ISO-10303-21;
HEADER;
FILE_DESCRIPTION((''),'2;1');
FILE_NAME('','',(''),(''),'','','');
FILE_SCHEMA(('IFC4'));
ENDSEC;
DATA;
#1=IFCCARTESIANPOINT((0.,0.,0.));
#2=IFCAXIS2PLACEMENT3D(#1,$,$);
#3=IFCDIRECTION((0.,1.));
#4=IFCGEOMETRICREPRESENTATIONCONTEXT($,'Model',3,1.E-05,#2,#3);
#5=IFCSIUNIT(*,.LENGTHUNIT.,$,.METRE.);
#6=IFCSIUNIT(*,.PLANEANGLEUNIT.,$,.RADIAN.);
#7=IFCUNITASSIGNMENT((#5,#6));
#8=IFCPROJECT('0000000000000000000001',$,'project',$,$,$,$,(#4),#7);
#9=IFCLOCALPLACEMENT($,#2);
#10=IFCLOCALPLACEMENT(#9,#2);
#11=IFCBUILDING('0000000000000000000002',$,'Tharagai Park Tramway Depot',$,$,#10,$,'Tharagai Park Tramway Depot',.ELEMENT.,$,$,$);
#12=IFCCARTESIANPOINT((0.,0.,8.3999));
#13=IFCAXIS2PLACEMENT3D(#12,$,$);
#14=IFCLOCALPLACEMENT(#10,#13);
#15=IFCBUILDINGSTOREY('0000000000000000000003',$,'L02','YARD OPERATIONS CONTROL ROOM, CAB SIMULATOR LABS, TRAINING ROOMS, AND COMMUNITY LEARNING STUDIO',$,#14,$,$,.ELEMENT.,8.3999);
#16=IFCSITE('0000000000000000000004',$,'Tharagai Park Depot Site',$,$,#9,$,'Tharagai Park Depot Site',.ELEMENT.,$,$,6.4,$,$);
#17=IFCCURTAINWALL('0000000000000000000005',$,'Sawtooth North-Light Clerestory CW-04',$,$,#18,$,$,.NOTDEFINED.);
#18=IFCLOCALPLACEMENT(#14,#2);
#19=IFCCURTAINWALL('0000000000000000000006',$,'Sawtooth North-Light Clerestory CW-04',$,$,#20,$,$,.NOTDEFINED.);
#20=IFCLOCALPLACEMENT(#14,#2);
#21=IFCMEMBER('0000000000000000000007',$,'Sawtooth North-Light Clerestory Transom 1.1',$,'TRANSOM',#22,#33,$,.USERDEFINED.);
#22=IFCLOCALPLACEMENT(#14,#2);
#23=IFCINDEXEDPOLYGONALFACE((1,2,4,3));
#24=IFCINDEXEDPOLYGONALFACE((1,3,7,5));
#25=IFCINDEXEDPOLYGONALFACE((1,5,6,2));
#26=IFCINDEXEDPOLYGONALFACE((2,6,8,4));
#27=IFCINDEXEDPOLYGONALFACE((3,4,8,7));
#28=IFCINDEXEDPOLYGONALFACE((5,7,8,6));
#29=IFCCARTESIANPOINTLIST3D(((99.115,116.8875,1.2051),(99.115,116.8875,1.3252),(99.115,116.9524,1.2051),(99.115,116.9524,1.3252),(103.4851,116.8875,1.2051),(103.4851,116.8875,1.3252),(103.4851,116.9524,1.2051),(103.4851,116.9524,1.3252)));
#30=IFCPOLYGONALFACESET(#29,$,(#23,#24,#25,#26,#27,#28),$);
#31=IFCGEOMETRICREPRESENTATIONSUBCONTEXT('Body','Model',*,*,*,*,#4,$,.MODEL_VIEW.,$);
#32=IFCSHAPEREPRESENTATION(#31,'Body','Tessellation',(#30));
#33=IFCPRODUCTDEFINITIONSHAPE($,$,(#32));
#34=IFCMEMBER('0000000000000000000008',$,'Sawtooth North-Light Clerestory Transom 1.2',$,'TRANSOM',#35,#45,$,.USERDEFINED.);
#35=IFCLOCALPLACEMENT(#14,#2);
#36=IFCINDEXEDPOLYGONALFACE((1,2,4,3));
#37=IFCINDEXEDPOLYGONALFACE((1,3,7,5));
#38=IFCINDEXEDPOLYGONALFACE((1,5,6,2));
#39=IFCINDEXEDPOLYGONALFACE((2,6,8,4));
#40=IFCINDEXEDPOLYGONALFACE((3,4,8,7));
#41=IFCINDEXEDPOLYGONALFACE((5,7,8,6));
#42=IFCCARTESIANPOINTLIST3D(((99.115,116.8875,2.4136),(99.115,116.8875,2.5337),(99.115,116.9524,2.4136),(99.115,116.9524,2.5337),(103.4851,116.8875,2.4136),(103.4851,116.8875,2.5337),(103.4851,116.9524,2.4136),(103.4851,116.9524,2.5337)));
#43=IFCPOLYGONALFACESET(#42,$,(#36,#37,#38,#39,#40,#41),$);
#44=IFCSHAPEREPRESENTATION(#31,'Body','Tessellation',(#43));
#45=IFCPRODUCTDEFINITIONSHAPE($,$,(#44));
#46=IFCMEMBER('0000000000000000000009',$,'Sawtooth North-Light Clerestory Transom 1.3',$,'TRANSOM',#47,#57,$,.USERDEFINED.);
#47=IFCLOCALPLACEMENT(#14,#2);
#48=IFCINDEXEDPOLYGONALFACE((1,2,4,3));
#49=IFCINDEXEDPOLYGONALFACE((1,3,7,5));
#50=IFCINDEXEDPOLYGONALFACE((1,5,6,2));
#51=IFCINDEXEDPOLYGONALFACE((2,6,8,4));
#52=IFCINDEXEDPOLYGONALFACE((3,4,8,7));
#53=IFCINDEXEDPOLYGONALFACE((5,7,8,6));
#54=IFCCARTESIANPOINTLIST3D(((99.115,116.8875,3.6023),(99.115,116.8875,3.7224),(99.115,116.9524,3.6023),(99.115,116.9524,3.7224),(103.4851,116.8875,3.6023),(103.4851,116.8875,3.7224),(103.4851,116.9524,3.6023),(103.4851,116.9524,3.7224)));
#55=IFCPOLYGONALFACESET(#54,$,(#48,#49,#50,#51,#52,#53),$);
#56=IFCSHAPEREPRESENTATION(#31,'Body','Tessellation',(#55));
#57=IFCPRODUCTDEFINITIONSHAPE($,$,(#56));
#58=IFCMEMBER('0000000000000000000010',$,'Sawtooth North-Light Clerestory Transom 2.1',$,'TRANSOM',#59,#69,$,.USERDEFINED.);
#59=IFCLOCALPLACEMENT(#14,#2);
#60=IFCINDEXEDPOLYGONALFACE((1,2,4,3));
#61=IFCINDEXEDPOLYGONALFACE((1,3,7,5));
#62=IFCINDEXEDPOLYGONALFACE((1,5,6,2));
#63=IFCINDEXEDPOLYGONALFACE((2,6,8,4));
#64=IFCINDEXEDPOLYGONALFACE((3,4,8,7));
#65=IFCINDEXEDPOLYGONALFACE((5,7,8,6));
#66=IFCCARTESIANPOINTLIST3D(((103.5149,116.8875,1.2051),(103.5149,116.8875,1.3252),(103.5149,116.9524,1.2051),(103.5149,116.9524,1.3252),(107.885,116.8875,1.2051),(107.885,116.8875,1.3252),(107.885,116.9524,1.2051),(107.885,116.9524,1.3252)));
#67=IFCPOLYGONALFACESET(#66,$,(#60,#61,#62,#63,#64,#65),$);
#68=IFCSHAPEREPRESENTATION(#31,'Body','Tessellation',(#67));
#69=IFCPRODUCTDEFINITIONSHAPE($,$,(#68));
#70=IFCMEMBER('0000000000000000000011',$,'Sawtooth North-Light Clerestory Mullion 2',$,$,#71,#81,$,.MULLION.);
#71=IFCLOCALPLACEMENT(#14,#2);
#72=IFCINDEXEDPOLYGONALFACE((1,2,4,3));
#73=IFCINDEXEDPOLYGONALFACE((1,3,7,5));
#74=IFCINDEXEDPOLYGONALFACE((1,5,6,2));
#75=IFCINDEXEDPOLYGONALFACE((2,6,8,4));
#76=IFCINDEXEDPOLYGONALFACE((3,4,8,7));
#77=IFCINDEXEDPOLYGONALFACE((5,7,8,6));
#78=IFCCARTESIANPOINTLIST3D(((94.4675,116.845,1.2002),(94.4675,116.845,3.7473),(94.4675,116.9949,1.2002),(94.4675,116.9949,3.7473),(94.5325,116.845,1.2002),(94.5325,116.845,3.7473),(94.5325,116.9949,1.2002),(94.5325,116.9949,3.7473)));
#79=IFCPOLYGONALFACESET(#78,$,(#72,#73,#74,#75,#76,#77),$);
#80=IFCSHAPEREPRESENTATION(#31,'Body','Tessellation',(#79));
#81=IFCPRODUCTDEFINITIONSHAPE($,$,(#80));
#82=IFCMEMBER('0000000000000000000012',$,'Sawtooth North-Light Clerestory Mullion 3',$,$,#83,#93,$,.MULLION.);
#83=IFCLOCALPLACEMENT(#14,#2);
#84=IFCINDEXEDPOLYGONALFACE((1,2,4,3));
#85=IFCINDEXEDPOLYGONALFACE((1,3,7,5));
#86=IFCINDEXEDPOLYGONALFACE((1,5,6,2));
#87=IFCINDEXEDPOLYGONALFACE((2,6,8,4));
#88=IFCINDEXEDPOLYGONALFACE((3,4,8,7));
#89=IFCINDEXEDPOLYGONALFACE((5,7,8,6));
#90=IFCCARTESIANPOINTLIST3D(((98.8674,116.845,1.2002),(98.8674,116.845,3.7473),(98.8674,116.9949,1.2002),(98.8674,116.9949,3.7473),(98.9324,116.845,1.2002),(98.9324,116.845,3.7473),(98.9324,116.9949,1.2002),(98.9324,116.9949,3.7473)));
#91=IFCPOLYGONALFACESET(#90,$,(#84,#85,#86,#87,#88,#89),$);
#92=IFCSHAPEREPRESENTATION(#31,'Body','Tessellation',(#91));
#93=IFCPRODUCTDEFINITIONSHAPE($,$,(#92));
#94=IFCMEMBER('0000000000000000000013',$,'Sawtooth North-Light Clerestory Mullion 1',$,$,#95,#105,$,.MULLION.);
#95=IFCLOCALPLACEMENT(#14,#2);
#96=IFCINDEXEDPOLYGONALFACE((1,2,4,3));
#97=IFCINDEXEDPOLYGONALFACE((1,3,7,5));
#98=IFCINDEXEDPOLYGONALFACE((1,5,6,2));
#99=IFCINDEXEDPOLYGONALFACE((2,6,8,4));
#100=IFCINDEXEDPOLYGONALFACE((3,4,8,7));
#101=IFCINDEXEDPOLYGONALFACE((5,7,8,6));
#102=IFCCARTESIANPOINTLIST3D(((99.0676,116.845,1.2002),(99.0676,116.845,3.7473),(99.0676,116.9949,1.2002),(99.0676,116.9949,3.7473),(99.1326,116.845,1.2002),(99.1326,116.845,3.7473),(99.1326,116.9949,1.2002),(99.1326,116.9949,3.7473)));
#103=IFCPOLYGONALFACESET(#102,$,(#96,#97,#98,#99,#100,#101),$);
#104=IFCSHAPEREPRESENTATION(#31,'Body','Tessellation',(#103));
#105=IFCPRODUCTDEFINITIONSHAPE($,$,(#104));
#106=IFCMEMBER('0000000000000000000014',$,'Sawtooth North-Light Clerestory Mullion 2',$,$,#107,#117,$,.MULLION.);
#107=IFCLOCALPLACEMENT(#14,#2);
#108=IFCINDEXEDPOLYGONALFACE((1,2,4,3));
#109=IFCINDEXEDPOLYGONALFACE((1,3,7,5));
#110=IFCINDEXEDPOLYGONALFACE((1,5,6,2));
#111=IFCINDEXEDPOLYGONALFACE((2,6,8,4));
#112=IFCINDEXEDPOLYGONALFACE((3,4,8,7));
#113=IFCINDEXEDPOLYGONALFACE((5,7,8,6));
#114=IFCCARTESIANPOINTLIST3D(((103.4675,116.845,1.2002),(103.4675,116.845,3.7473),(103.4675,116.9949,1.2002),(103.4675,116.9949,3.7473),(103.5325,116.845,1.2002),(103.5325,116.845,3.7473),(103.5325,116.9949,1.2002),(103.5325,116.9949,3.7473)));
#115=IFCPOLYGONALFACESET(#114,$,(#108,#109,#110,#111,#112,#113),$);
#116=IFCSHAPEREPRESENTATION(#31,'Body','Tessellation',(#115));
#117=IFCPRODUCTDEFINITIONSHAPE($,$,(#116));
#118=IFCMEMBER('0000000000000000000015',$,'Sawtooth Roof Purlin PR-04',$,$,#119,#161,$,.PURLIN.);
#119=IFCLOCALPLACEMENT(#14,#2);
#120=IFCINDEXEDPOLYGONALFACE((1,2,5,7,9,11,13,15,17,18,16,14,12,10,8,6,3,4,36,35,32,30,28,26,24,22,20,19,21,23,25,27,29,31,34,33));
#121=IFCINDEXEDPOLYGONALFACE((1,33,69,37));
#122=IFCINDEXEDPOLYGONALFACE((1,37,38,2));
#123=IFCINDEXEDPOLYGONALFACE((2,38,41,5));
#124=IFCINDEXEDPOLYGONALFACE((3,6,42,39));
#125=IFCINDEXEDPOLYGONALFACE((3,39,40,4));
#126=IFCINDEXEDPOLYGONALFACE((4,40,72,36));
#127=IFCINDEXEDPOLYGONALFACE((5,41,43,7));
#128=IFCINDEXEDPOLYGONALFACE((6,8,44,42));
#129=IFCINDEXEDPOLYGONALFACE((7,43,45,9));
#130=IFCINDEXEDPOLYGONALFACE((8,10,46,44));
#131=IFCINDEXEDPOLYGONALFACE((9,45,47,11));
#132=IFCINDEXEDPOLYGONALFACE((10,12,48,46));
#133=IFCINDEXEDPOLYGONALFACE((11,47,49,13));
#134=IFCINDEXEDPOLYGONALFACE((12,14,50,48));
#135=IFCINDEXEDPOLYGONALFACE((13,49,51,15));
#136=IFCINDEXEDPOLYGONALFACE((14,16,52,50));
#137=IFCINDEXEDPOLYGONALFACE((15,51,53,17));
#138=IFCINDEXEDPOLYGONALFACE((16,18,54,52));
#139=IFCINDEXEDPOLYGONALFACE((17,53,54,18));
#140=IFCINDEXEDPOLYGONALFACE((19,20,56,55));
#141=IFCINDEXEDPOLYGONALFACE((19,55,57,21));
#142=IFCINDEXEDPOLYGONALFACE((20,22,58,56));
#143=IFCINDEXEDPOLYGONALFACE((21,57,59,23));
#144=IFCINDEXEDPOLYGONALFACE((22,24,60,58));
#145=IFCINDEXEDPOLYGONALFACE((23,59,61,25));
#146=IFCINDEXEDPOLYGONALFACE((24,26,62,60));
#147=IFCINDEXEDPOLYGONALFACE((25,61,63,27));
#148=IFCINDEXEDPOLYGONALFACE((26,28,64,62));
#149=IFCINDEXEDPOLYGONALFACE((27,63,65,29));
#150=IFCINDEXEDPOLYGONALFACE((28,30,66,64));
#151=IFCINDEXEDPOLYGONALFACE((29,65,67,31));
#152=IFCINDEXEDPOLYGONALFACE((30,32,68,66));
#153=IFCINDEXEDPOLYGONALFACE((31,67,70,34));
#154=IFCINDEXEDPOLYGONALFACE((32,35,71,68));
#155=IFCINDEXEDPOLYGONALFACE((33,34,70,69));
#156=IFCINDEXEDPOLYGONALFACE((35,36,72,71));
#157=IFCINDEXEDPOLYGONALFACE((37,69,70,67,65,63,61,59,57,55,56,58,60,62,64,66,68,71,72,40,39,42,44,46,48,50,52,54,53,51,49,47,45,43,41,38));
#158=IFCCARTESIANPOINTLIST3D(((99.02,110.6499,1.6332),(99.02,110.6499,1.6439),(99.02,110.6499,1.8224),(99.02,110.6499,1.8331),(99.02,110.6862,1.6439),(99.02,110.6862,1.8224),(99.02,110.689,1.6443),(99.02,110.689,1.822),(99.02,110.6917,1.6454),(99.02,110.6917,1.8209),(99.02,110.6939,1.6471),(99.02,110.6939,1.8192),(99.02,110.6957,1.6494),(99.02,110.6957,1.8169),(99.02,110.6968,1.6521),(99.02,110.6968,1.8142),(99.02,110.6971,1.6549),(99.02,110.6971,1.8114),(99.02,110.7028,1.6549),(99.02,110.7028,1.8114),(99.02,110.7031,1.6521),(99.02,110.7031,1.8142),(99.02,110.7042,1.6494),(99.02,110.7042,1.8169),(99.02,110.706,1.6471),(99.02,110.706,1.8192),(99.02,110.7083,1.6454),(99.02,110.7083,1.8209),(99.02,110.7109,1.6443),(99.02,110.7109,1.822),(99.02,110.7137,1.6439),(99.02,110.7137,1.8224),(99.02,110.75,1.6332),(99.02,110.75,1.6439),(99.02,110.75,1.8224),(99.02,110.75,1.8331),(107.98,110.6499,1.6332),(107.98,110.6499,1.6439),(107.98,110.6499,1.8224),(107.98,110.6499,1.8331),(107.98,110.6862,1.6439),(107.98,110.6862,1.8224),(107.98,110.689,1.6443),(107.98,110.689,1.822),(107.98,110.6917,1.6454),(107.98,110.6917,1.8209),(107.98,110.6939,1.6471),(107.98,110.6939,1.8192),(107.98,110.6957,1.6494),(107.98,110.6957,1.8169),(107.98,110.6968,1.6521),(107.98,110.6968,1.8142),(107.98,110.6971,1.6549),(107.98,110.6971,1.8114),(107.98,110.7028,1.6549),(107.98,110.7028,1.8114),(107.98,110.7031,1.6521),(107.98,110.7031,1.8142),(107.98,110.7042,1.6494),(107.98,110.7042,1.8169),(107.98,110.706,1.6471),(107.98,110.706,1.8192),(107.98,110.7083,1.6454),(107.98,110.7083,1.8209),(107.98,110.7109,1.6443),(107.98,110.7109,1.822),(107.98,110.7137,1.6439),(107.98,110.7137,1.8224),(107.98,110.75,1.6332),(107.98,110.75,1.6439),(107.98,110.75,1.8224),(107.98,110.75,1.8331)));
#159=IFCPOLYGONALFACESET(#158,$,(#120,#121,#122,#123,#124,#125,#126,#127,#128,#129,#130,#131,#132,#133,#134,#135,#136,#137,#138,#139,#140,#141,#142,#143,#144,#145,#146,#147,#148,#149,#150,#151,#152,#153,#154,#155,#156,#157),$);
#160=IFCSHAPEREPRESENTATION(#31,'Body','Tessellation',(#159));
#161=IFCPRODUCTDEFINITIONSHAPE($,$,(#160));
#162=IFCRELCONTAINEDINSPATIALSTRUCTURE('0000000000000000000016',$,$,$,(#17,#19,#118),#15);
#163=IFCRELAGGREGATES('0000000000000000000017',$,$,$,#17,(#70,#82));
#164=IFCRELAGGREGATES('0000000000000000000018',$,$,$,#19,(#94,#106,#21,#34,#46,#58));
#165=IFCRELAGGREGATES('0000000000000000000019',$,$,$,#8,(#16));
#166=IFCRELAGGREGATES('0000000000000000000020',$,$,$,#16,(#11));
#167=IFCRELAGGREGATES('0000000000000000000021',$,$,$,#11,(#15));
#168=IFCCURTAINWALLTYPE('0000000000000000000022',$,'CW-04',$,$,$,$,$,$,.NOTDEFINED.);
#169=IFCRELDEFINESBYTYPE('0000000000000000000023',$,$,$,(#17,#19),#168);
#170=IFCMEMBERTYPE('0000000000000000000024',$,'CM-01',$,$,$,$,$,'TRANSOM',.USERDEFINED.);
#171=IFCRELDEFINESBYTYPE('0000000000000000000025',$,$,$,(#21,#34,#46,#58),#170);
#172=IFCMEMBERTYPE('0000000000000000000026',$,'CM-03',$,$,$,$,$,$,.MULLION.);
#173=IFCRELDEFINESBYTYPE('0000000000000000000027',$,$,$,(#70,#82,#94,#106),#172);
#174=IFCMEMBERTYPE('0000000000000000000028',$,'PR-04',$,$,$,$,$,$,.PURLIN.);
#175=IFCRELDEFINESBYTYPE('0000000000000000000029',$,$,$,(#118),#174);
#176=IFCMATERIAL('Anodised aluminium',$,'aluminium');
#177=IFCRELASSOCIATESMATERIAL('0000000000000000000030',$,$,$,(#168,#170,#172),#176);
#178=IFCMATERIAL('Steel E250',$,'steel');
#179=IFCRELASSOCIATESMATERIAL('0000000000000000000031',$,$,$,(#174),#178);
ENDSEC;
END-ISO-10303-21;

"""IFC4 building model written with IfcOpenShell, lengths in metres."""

from ifc_helpers import new_model, si_unit, direction, frame, origin, origin_2d, place, context, subcontext, project, spatial, rectangle, i_section, extrude, material, material_profile, profile_set, type_object, element, aggregate, save


model = new_model("IFC4")

# Units and contexts
model_context = context("Model", 3, precision=1e-05, world=origin(), true_north=direction((0.0, 1.0)))
body_context = subcontext(model_context, "Body", "Model", "MODEL_VIEW")
ifc_project = project(units=[si_unit("LENGTHUNIT", "METRE"), si_unit("PLANEANGLEUNIT", "RADIAN")], contexts=[model_context])

# Site, building, storey
site_placement = place(None, origin())
site = spatial("IfcSite", under=ifc_project, at=site_placement, Name="Tharagai Park Depot Site", LongName="Tharagai Park Depot Site", CompositionType="ELEMENT", RefElevation=6.4)
building_placement = place(site_placement, origin())
building = spatial("IfcBuilding", under=site, at=building_placement, Name="Tharagai Park Tramway Depot", LongName="Tharagai Park Tramway Depot", CompositionType="ELEMENT")
storey_placement = place(building_placement, frame((0.0, 0.0, 8.3999)))
storey = spatial("IfcBuildingStorey", under=building, at=storey_placement, Name="L02", Description="YARD OPERATIONS CONTROL ROOM, CAB SIMULATOR LABS, TRAINING ROOMS, AND COMMUNITY LEARNING STUDIO", CompositionType="ELEMENT", Elevation=8.3999)

# Shared definitions
ifc_material_1 = material(Name="Steel E250", Category="steel")

# Curtain walls, members
ifc_material_2 = material(Name="Anodised aluminium", Category="aluminium")
curtain_wall_type = type_object("IfcCurtainWallType", Name="CW-04", PredefinedType="NOTDEFINED", material=ifc_material_2)
curtain_wall_1_placement = place(storey_placement, origin())
curtain_wall_1 = element("IfcCurtainWall", 1, at=curtain_wall_1_placement, inside=storey, type_object=curtain_wall_type, Name="Sawtooth North-Light Clerestory CW-04", PredefinedType="NOTDEFINED")
ifc_material_profile_1 = material_profile(ifc_material_2, rectangle(XDim=0.0649, YDim=0.1201, at=origin_2d()), Name="ALU 65x120")
ifc_profile_set_1 = profile_set([ifc_material_profile_1], Name="Anodised aluminium")
member_type_1 = type_object("IfcMemberType", Name="CM-01", ElementType="TRANSOM", PredefinedType="USERDEFINED", material=ifc_profile_set_1)
curtain_wall_2_placement = place(storey_placement, origin())
curtain_wall_2 = element("IfcCurtainWall", 2, at=curtain_wall_2_placement, inside=storey, type_object=curtain_wall_type, Name="Sawtooth North-Light Clerestory CW-04", PredefinedType="NOTDEFINED")
member_1_placement = place(storey_placement, frame((99.115, 116.9199, 1.2651), z_axis=(1.0, 0.0, 0.0), x_axis=(0.0, 1.0, 0.0)))
member_1 = element("IfcMember", 3, at=member_1_placement, type_object=member_type_1, Name="Sawtooth North-Light Clerestory Transom 1.1", ObjectType="TRANSOM", PredefinedType="USERDEFINED", context=body_context, shape_type="SweptSolid", body=[
    extrude(rectangle(XDim=0.0649, YDim=0.1201, at=origin_2d()), origin(), (0.0, 0.0, 1.0), 4.3701),
])
member_2_placement = place(storey_placement, frame((99.115, 116.9199, 2.4736), z_axis=(1.0, 0.0, 0.0), x_axis=(0.0, 1.0, 0.0)))
member_2 = element("IfcMember", 4, at=member_2_placement, type_object=member_type_1, Name="Sawtooth North-Light Clerestory Transom 1.2", ObjectType="TRANSOM", PredefinedType="USERDEFINED", context=body_context, shape_type="SweptSolid", body=[
    extrude(rectangle(XDim=0.0649, YDim=0.1201, at=origin_2d()), origin(), (0.0, 0.0, 1.0), 4.3701),
])
member_3_placement = place(storey_placement, frame((99.115, 116.9199, 3.6624), z_axis=(1.0, 0.0, 0.0), x_axis=(0.0, 1.0, 0.0)))
member_3 = element("IfcMember", 5, at=member_3_placement, type_object=member_type_1, Name="Sawtooth North-Light Clerestory Transom 1.3", ObjectType="TRANSOM", PredefinedType="USERDEFINED", context=body_context, shape_type="SweptSolid", body=[
    extrude(rectangle(XDim=0.0649, YDim=0.1201, at=origin_2d()), origin(), (0.0, 0.0, 1.0), 4.3701),
])
member_4_placement = place(storey_placement, frame((103.5149, 116.9199, 1.2651), z_axis=(1.0, 0.0, 0.0), x_axis=(0.0, 1.0, 0.0)))
member_4 = element("IfcMember", 6, at=member_4_placement, type_object=member_type_1, Name="Sawtooth North-Light Clerestory Transom 2.1", ObjectType="TRANSOM", PredefinedType="USERDEFINED", context=body_context, shape_type="SweptSolid", body=[
    extrude(rectangle(XDim=0.0649, YDim=0.1201, at=origin_2d()), origin(), (0.0, 0.0, 1.0), 4.3701),
])

# Members
ifc_material_profile_2 = material_profile(ifc_material_2, rectangle(XDim=0.0649, YDim=0.1499, at=origin_2d()), Name="ALU 65x150")
ifc_profile_set_2 = profile_set([ifc_material_profile_2], Name="Anodised aluminium")
member_type_2 = type_object("IfcMemberType", Name="CM-03", PredefinedType="MULLION", material=ifc_profile_set_2)
member_5_placement = place(storey_placement, frame((94.5, 116.9199, 1.2002), z_axis=(0.0, 0.0, 1.0), x_axis=(1.0, 0.0, 0.0)))
member_5 = element("IfcMember", 7, at=member_5_placement, type_object=member_type_2, Name="Sawtooth North-Light Clerestory Mullion 2", PredefinedType="MULLION", context=body_context, shape_type="SweptSolid", body=[
    extrude(rectangle(XDim=0.0649, YDim=0.1499, at=origin_2d()), origin(), (0.0, 0.0, 1.0), 2.5471),
])
member_6_placement = place(storey_placement, frame((98.8999, 116.9199, 1.2002), z_axis=(0.0, 0.0, 1.0), x_axis=(1.0, 0.0, 0.0)))
member_6 = element("IfcMember", 8, at=member_6_placement, type_object=member_type_2, Name="Sawtooth North-Light Clerestory Mullion 3", PredefinedType="MULLION", context=body_context, shape_type="SweptSolid", body=[
    extrude(rectangle(XDim=0.0649, YDim=0.1499, at=origin_2d()), origin(), (0.0, 0.0, 1.0), 2.5471),
])
member_7_placement = place(storey_placement, frame((99.1001, 116.9199, 1.2002), z_axis=(0.0, 0.0, 1.0), x_axis=(1.0, 0.0, 0.0)))
member_7 = element("IfcMember", 9, at=member_7_placement, type_object=member_type_2, Name="Sawtooth North-Light Clerestory Mullion 1", PredefinedType="MULLION", context=body_context, shape_type="SweptSolid", body=[
    extrude(rectangle(XDim=0.0649, YDim=0.1499, at=origin_2d()), origin(), (0.0, 0.0, 1.0), 2.5471),
])
member_8_placement = place(storey_placement, frame((103.5, 116.9199, 1.2002), z_axis=(0.0, 0.0, 1.0), x_axis=(1.0, 0.0, 0.0)))
member_8 = element("IfcMember", 10, at=member_8_placement, type_object=member_type_2, Name="Sawtooth North-Light Clerestory Mullion 2", PredefinedType="MULLION", context=body_context, shape_type="SweptSolid", body=[
    extrude(rectangle(XDim=0.0649, YDim=0.1499, at=origin_2d()), origin(), (0.0, 0.0, 1.0), 2.5471),
])

# Member
ifc_material_profile_3 = material_profile(ifc_material_1, i_section(OverallWidth=0.1001, OverallDepth=0.2, WebThickness=0.0056, FlangeThickness=0.0107, FilletRadius=0.011, at=origin_2d()), Name="ISMB 200")
ifc_profile_set_3 = profile_set([ifc_material_profile_3], Name="Steel E250")
member_type_3 = type_object("IfcMemberType", Name="PR-04", PredefinedType="PURLIN", material=ifc_profile_set_3)
for number, where, z_axis, x_axis, name in (
    (11, (99.02, 110.7, 1.7332), (1.0, 0.0, 0.0), (0.0, 1.0, 0.0), "Sawtooth Roof Purlin PR-04"),
):
    element("IfcMember", number, at=place(storey_placement, frame(where, z_axis=z_axis, x_axis=x_axis)), inside=storey, type_object=member_type_3, Name=name, PredefinedType="PURLIN", context=body_context, shape_type="SweptSolid", body=[
        extrude(i_section(OverallWidth=0.1001, OverallDepth=0.2, WebThickness=0.0056, FlangeThickness=0.0107, FilletRadius=0.011, at=origin_2d()), origin(), (0.0, 0.0, 1.0), 8.96),
    ])

aggregate(curtain_wall_1, [member_5, member_6])
aggregate(curtain_wall_2, [member_7, member_8, member_1, member_2, member_3, member_4])

save(model, "model.ifc")
